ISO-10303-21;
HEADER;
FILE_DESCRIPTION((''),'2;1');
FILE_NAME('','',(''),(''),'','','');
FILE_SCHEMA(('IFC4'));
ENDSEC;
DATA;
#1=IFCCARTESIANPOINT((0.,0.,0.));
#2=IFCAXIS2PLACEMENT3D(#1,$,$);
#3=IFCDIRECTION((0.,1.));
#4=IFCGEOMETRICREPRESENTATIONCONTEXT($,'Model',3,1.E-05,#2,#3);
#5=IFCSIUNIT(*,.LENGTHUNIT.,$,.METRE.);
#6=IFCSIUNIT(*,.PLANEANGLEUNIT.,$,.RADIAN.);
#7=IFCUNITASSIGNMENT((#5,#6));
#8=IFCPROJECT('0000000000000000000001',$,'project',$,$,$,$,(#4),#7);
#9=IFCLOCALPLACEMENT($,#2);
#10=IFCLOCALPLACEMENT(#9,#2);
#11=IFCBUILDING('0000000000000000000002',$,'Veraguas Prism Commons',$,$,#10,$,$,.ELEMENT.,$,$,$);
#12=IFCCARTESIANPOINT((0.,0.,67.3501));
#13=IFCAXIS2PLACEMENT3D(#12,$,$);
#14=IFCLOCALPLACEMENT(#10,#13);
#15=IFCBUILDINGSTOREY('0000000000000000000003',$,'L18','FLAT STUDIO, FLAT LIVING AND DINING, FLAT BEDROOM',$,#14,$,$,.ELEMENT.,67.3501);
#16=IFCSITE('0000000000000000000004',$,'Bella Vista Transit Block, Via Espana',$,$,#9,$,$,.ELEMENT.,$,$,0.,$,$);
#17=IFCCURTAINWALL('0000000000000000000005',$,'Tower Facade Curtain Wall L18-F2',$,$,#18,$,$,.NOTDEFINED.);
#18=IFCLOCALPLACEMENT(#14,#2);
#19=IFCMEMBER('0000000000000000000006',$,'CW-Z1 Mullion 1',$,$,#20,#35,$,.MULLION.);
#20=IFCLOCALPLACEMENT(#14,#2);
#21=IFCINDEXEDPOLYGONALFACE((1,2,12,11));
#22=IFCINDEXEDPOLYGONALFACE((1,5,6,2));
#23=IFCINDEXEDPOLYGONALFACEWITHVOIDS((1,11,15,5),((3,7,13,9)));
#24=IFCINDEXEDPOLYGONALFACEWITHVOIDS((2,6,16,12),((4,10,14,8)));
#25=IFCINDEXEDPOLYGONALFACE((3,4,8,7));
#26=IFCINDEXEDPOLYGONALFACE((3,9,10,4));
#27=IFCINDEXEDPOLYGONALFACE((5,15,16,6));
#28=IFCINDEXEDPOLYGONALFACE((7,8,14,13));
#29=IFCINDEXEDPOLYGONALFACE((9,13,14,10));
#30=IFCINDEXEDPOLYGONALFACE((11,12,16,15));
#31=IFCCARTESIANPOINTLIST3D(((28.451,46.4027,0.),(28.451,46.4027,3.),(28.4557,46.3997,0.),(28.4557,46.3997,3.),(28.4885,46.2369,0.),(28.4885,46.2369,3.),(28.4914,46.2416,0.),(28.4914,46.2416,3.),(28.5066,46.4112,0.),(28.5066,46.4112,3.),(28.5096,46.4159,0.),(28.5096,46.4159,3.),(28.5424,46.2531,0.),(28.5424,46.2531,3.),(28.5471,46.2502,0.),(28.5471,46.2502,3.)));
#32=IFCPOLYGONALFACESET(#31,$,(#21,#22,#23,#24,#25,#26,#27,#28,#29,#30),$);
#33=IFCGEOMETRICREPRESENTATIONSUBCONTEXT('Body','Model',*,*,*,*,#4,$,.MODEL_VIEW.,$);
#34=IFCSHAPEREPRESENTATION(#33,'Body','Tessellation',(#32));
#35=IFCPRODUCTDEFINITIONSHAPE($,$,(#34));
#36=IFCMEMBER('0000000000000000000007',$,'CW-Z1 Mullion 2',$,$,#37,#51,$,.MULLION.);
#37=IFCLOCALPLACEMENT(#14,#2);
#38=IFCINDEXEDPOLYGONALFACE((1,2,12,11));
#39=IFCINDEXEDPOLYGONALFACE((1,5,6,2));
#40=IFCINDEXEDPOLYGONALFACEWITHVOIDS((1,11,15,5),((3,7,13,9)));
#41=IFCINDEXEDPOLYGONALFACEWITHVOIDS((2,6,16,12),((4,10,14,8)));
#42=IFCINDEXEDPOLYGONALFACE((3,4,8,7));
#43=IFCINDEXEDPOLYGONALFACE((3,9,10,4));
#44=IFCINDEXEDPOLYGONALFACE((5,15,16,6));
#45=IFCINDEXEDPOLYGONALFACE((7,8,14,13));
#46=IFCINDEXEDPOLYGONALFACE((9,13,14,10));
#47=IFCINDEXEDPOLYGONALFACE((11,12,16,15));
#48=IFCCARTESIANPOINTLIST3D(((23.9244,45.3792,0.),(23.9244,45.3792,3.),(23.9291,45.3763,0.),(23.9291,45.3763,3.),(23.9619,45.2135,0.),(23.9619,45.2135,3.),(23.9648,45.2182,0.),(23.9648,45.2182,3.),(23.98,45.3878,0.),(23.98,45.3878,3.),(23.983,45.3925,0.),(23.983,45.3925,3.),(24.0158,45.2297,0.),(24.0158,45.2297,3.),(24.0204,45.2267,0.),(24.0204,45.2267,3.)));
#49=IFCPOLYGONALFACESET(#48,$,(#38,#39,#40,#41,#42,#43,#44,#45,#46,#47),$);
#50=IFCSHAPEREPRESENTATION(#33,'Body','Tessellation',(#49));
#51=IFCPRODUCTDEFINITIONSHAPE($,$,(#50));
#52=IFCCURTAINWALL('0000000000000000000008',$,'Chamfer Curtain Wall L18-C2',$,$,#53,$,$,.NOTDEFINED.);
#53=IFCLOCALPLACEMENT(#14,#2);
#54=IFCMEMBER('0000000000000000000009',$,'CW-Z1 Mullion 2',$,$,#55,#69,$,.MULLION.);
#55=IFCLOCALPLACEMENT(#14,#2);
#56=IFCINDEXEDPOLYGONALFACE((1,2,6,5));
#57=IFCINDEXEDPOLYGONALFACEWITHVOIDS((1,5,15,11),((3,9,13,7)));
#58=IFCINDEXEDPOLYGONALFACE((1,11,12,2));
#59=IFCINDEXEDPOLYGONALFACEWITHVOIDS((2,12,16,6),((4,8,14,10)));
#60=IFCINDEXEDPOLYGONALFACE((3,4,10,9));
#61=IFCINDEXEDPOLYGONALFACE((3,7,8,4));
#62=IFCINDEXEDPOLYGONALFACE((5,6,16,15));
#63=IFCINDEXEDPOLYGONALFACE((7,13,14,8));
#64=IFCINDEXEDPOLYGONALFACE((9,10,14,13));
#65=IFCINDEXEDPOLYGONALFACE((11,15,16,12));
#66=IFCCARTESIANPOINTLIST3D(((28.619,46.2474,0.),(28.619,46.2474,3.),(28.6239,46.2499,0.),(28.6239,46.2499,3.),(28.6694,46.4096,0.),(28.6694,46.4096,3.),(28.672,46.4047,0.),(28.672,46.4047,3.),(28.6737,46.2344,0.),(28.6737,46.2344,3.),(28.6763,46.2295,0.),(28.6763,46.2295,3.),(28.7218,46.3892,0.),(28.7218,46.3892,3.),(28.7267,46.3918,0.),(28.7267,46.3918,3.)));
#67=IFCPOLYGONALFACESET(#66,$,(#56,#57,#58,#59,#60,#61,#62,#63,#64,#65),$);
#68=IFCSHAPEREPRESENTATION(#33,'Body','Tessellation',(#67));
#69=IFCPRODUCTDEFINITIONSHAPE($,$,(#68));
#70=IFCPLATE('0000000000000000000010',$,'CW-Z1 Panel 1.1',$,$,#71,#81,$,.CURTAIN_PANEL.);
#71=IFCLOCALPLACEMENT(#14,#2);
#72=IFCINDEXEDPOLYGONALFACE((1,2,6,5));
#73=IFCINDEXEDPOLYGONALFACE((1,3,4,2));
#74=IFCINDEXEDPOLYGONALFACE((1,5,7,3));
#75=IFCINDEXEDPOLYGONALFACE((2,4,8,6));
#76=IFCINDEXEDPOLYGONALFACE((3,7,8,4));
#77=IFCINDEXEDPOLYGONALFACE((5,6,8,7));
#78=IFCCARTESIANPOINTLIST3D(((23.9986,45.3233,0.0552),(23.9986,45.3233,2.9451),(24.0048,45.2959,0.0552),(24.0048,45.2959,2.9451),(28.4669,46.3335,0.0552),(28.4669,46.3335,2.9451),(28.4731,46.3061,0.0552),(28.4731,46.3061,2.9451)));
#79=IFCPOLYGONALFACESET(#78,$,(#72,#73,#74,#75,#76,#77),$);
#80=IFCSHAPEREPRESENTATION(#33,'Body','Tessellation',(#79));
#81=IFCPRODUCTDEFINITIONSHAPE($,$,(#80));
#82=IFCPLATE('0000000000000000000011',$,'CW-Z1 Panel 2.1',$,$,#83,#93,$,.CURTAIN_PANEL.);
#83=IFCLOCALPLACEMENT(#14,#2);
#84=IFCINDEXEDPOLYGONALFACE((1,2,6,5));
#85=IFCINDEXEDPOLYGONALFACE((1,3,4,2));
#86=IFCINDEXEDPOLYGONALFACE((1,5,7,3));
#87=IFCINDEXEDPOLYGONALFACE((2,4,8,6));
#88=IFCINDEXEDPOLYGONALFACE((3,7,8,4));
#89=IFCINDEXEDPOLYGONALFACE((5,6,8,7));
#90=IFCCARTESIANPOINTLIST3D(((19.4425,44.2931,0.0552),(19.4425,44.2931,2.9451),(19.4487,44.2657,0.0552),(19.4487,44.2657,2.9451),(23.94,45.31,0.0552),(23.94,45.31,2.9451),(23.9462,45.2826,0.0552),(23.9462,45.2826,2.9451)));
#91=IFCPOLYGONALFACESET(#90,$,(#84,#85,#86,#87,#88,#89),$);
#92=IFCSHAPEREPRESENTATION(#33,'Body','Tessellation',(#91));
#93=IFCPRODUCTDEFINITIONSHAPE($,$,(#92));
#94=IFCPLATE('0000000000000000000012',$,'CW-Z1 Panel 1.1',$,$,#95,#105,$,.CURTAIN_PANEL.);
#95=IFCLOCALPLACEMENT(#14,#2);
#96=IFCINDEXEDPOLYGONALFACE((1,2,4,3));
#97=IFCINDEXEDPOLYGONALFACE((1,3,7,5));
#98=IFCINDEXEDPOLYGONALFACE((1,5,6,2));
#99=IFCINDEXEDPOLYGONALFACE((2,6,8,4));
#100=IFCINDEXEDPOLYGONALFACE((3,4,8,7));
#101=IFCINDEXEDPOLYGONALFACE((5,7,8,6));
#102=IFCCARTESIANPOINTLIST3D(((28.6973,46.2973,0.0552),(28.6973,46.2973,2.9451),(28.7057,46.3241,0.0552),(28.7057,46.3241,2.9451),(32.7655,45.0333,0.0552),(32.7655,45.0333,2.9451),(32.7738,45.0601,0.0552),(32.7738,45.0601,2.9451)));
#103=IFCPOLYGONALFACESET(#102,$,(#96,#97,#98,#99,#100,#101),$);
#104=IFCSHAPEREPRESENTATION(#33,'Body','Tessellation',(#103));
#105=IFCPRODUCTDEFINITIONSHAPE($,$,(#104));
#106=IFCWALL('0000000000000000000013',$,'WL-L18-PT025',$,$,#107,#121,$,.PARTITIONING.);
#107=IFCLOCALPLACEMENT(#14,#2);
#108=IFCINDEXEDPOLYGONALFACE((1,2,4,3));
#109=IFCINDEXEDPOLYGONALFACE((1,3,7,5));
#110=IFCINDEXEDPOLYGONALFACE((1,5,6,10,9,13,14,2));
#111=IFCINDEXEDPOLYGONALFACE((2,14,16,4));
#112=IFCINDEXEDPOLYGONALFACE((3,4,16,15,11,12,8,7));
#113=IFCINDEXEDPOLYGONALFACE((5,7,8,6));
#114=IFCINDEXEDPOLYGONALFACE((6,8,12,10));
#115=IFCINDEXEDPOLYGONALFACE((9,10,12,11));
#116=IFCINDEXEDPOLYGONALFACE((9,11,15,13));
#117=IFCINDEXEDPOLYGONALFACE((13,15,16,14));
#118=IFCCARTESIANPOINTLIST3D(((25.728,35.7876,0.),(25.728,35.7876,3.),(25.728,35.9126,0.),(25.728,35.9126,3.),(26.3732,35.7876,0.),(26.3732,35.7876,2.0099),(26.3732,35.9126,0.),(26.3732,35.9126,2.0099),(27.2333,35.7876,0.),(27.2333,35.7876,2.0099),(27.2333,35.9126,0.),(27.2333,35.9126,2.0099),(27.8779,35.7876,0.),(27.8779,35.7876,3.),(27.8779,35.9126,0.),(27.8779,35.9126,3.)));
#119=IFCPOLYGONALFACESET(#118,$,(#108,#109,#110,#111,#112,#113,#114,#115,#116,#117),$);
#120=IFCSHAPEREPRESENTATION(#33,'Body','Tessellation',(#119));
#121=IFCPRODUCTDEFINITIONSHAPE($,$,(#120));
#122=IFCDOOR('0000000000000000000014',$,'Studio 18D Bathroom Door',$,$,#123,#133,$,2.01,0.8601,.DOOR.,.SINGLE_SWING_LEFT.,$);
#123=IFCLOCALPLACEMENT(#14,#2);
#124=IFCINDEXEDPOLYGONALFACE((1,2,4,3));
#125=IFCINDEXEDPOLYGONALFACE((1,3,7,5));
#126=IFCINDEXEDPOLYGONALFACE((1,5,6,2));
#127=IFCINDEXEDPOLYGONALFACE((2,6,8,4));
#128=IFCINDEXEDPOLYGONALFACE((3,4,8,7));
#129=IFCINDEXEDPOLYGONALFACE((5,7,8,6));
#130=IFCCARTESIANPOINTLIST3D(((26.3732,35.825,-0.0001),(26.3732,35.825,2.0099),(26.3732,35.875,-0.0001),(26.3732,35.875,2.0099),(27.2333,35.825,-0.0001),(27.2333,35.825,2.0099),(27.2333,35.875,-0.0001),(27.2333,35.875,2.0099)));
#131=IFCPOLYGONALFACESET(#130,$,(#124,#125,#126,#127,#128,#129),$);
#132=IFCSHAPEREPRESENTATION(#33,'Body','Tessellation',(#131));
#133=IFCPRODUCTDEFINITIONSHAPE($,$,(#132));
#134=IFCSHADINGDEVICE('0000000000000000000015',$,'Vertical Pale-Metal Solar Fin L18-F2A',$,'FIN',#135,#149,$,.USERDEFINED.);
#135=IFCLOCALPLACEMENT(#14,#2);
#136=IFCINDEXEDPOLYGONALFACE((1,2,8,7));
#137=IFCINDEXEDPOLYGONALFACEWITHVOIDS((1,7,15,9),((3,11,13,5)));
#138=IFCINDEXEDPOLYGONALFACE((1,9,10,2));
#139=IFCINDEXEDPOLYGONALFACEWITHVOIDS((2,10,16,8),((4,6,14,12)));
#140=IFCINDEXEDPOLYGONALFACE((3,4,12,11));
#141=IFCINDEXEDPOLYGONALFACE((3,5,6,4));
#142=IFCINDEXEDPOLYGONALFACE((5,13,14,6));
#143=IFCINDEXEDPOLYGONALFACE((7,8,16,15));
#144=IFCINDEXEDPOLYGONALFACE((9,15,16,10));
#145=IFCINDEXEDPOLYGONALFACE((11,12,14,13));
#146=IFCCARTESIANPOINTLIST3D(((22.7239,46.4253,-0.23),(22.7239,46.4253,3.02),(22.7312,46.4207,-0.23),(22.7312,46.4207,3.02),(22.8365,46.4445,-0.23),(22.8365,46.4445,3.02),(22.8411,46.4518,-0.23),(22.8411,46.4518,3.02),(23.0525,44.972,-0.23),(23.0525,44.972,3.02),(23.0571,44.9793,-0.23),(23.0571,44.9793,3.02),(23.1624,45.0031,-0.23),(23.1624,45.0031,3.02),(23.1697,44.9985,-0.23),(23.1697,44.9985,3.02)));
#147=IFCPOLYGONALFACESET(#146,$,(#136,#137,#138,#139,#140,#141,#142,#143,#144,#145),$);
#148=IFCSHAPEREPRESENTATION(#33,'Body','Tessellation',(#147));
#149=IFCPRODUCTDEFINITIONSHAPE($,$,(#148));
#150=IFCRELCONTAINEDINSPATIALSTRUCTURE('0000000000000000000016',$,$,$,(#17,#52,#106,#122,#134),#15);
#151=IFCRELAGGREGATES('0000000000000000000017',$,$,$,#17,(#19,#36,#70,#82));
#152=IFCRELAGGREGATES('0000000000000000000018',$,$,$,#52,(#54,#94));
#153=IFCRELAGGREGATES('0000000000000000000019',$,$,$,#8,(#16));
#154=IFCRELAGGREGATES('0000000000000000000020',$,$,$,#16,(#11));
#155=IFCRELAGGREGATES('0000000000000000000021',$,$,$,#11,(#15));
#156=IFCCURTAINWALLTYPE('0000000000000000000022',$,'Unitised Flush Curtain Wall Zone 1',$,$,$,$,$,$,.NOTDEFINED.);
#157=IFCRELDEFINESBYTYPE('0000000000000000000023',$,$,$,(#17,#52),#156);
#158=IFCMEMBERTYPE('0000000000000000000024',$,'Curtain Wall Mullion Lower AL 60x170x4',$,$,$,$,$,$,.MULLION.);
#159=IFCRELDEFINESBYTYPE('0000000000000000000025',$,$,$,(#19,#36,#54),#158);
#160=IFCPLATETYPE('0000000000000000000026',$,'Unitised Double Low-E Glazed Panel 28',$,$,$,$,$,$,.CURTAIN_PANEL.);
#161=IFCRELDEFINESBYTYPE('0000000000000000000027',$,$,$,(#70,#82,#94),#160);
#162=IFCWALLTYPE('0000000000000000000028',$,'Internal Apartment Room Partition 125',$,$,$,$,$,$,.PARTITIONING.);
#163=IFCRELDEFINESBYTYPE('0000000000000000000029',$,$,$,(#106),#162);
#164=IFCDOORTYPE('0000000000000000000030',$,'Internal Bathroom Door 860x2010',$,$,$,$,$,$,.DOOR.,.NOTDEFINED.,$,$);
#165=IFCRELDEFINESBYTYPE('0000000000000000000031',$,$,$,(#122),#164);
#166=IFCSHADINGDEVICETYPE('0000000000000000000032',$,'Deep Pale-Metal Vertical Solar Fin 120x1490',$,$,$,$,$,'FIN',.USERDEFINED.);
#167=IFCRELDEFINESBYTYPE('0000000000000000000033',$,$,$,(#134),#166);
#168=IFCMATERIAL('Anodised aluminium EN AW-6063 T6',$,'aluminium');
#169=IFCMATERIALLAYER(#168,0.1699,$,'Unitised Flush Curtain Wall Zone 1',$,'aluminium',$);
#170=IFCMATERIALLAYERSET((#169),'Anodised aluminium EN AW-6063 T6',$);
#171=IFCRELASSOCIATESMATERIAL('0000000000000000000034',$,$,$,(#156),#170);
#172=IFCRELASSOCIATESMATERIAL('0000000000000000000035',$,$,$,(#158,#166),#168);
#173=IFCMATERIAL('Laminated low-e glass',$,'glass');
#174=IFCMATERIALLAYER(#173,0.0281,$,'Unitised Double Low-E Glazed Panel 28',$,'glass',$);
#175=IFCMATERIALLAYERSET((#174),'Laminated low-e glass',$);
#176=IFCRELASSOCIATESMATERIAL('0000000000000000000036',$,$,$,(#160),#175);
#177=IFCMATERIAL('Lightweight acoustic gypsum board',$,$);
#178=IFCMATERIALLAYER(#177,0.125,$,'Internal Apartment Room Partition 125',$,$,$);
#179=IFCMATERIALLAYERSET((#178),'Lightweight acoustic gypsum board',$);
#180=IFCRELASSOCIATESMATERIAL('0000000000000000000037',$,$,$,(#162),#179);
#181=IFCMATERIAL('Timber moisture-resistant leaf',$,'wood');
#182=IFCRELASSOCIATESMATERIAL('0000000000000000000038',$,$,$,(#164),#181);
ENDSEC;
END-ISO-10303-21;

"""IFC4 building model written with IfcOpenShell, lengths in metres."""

from ifc_helpers import new_model, si_unit, direction, frame, frame_2d, origin, origin_2d, place, context, subcontext, project, spatial, rectangle, hollow_rectangle, extrude, source, transform, mapped, material, layer, layer_set, material_profile, profile_set, type_object, element, fill, aggregate, save


model = new_model("IFC4")

# Units and contexts
model_context = context("Model", 3, precision=1e-05, world=origin(), true_north=direction((0.0, 1.0)))
body_context = subcontext(model_context, "Body", "Model", "MODEL_VIEW")
ifc_project = project(units=[si_unit("LENGTHUNIT", "METRE"), si_unit("PLANEANGLEUNIT", "RADIAN")], contexts=[model_context])

# Site, building, storey
site_placement = place(None, origin())
site = spatial("IfcSite", under=ifc_project, at=site_placement, Name="Bella Vista Transit Block, Via Espana", CompositionType="ELEMENT", RefElevation=0.0)
building_placement = place(site_placement, origin())
building = spatial("IfcBuilding", under=site, at=building_placement, Name="Veraguas Prism Commons", CompositionType="ELEMENT")
storey_placement = place(building_placement, frame((0.0, 0.0, 67.3501)))
storey = spatial("IfcBuildingStorey", under=building, at=storey_placement, Name="L18", Description="FLAT STUDIO, FLAT LIVING AND DINING, FLAT BEDROOM", CompositionType="ELEMENT", Elevation=67.3501)

# Curtain wall, members
ifc_material_1 = material(Name="Anodised aluminium EN AW-6063 T6", Category="aluminium")
ifc_layer_1 = layer(ifc_material_1, 0.1699, Name="Unitised Flush Curtain Wall Zone 1", Category="aluminium")
ifc_layer_set_1 = layer_set([ifc_layer_1], Name="Anodised aluminium EN AW-6063 T6")
curtain_wall_type = type_object("IfcCurtainWallType", Name="Unitised Flush Curtain Wall Zone 1", PredefinedType="NOTDEFINED", material=ifc_layer_set_1)
curtain_wall_1_placement = place(storey_placement, origin())
curtain_wall_1 = element("IfcCurtainWall", 1, at=curtain_wall_1_placement, inside=storey, type_object=curtain_wall_type, Name="Tower Facade Curtain Wall L18-F2", PredefinedType="NOTDEFINED")
ifc_material_profile_1 = material_profile(ifc_material_1, hollow_rectangle(XDim=0.0601, YDim=0.1699, WallThickness=0.0039, at=origin_2d()), Name="AL60X170X4")
ifc_profile_set_1 = profile_set([ifc_material_profile_1], Name="Anodised aluminium EN AW-6063 T6")
member_type_1 = type_object("IfcMemberType", Name="Curtain Wall Mullion Lower AL 60x170x4", PredefinedType="MULLION", material=ifc_profile_set_1)
shared_shape_1 = source(origin(), body_context, "Body", "SweptSolid", [
    extrude(hollow_rectangle(XDim=0.0601, YDim=0.1699, WallThickness=0.0039, at=origin_2d()), origin(), (0.0, 0.0, 1.0), 3.0),
])
member_1_placement = place(storey_placement, frame((28.499, 46.3264, 0.0), z_axis=(0.0, 0.0, 1.0), x_axis=(-0.97538, -0.220532, 0.0)))
member_1 = element("IfcMember", 2, at=member_1_placement, type_object=member_type_1, Name="CW-Z1 Mullion 1", PredefinedType="MULLION", context=body_context, shape_type="MappedRepresentation", body=[
    mapped(shared_shape_1, transform((0.0, 0.0, 0.0), scale=1.0)),
])
member_2_placement = place(storey_placement, frame((23.9724, 45.303, 0.0), z_axis=(0.0, 0.0, 1.0), x_axis=(-0.97538, -0.220532, 0.0)))
member_2 = element("IfcMember", 3, at=member_2_placement, type_object=member_type_1, Name="CW-Z1 Mullion 2", PredefinedType="MULLION", context=body_context, shape_type="MappedRepresentation", body=[
    mapped(shared_shape_1, transform((0.0, 0.0, 0.0), scale=1.0)),
])

# Curtain wall, member
curtain_wall_2_placement = place(storey_placement, origin())
curtain_wall_2 = element("IfcCurtainWall", 4, at=curtain_wall_2_placement, inside=storey, type_object=curtain_wall_type, Name="Chamfer Curtain Wall L18-C2", PredefinedType="NOTDEFINED")
member_3_placement = place(storey_placement, frame((28.6729, 46.3196, 0.0), z_axis=(0.0, 0.0, 1.0), x_axis=(-0.954966, 0.296717, 0.0)))
member_3 = element("IfcMember", 5, at=member_3_placement, type_object=member_type_1, Name="CW-Z1 Mullion 2", PredefinedType="MULLION", context=body_context, shape_type="MappedRepresentation", body=[
    mapped(shared_shape_1, transform((0.0, 0.0, 0.0), scale=1.0)),
])

# Plates
ifc_material_2 = material(Name="Laminated low-e glass", Category="glass")
ifc_layer_2 = layer(ifc_material_2, 0.0281, Name="Unitised Double Low-E Glazed Panel 28", Category="glass")
ifc_layer_set_2 = layer_set([ifc_layer_2], Name="Laminated low-e glass")
plate_type = type_object("IfcPlateType", Name="Unitised Double Low-E Glazed Panel 28", PredefinedType="CURTAIN_PANEL", material=ifc_layer_set_2)
shared_shape_2 = source(origin(), body_context, "Body", "SweptSolid", [
    extrude(rectangle(XDim=4.5811, YDim=0.0281, at=origin_2d()), origin(), (0.0, 0.0, 1.0), 2.8899),
])
plate_1_placement = place(storey_placement, frame((26.2358, 45.8147, 0.0552), z_axis=(0.0, 0.0, 1.0), x_axis=(-0.97538, -0.220532, 0.0)))
plate_1 = element("IfcPlate", 6, at=plate_1_placement, type_object=plate_type, Name="CW-Z1 Panel 1.1", PredefinedType="CURTAIN_PANEL", context=body_context, shape_type="MappedRepresentation", body=[
    mapped(shared_shape_2, transform((0.0, 0.0, 0.0), scale=1.0)),
])
shared_shape_3 = source(origin(), body_context, "Body", "SweptSolid", [
    extrude(rectangle(XDim=4.6111, YDim=0.0281, at=origin_2d()), origin(), (0.0, 0.0, 1.0), 2.8899),
])
plate_2_placement = place(storey_placement, frame((21.6943, 44.7878, 0.0552), z_axis=(0.0, 0.0, 1.0), x_axis=(-0.97538, -0.220532, 0.0)))
plate_2 = element("IfcPlate", 7, at=plate_2_placement, type_object=plate_type, Name="CW-Z1 Panel 2.1", PredefinedType="CURTAIN_PANEL", context=body_context, shape_type="MappedRepresentation", body=[
    mapped(shared_shape_3, transform((0.0, 0.0, 0.0), scale=1.0)),
])
aggregate(curtain_wall_1, [member_1, member_2, plate_1, plate_2])
shared_shape_4 = source(origin(), body_context, "Body", "SweptSolid", [
    extrude(rectangle(XDim=4.26, YDim=0.0281, at=origin_2d()), origin(), (0.0, 0.0, 1.0), 2.8899),
])
plate_3_placement = place(storey_placement, frame((30.7356, 45.6787, 0.0552), z_axis=(0.0, 0.0, 1.0), x_axis=(-0.954966, 0.296717, 0.0)))
plate_3 = element("IfcPlate", 8, at=plate_3_placement, type_object=plate_type, Name="CW-Z1 Panel 1.1", PredefinedType="CURTAIN_PANEL", context=body_context, shape_type="MappedRepresentation", body=[
    mapped(shared_shape_4, transform((0.0, 0.0, 0.0), scale=1.0)),
])
aggregate(curtain_wall_2, [member_3, plate_3])

# Wall, opening, door
ifc_material_3 = material(Name="Lightweight acoustic gypsum board")
ifc_layer_3 = layer(ifc_material_3, 0.125, Name="Internal Apartment Room Partition 125")
ifc_layer_set_3 = layer_set([ifc_layer_3], Name="Lightweight acoustic gypsum board")
wall_type = type_object("IfcWallType", Name="Internal Apartment Room Partition 125", PredefinedType="PARTITIONING", material=ifc_layer_set_3)
wall_placement = place(storey_placement, frame((25.728, 35.8501, 0.0), z_axis=(0.0, 0.0, 1.0), x_axis=(1.0, 0.0, 0.0)))
wall = element("IfcWall", 9, at=wall_placement, inside=storey, type_object=wall_type, Name="WL-L18-PT025", PredefinedType="PARTITIONING", context=body_context, shape_type="SweptSolid", body=[
    extrude(rectangle(XDim=2.1499, YDim=0.125, at=frame_2d((1.075, 0.0))), origin(), (0.0, 0.0, 1.0), 3.0),
])
opening_placement = place(wall_placement, frame((0.645, 0.0, 0.0)))
opening = element("IfcOpeningElement", 10, at=opening_placement, cuts=wall, PredefinedType="OPENING", context=body_context, shape_type="SweptSolid", body=[
    extrude(rectangle(XDim=0.8601, YDim=2.01, at=frame_2d((0.4302, 1.0049))), frame((0.0, 0.0725, 0.0), z_axis=(0.0, -1.0, 0.0), x_axis=(1.0, 0.0, 0.0)), (0.0, 0.0, 1.0), 0.145),
])
ifc_material_4 = material(Name="Timber moisture-resistant leaf", Category="wood")
door_type = type_object("IfcDoorType", Name="Internal Bathroom Door 860x2010", OperationType="NOTDEFINED", PredefinedType="DOOR", material=ifc_material_4)
shared_shape_5 = source(origin(), body_context, "Body", "SweptSolid", [
    extrude(rectangle(XDim=0.8601, YDim=2.01, at=frame_2d((0.4302, 1.0049))), frame((0.0, 0.0249, 0.0), z_axis=(0.0, -1.0, 0.0), x_axis=(1.0, 0.0, 0.0)), (0.0, 0.0, 1.0), 0.05),
])
door_placement = place(opening_placement, origin())
door = element("IfcDoor", 11, at=door_placement, inside=storey, type_object=door_type, Name="Studio 18D Bathroom Door", OperationType="SINGLE_SWING_LEFT", OverallHeight=2.01, OverallWidth=0.8601, PredefinedType="DOOR", context=body_context, shape_type="MappedRepresentation", body=[
    mapped(shared_shape_5, transform((0.0, 0.0, 0.0), scale=1.0)),
])
fill(opening, door)

# Shading device
ifc_material_profile_2 = material_profile(ifc_material_1, hollow_rectangle(XDim=0.1201, YDim=1.49, WallThickness=0.0061, at=origin_2d()), Name="FIN120X1490X6")
ifc_profile_set_2 = profile_set([ifc_material_profile_2], Name="Anodised aluminium EN AW-6063 T6")
shading_device_type = type_object("IfcShadingDeviceType", Name="Deep Pale-Metal Vertical Solar Fin 120x1490", ElementType="FIN", PredefinedType="USERDEFINED", material=ifc_profile_set_2)
shading_device_placement = place(storey_placement, frame((22.9468, 45.7119, -0.23), z_axis=(0.0, 0.0, 1.0), x_axis=(-0.97538, -0.220529, 0.0)))
element("IfcShadingDevice", 12, at=shading_device_placement, inside=storey, type_object=shading_device_type, Name="Vertical Pale-Metal Solar Fin L18-F2A", ObjectType="FIN", PredefinedType="USERDEFINED", context=body_context, shape_type="SweptSolid", body=[
    extrude(hollow_rectangle(XDim=0.1201, YDim=1.49, WallThickness=0.0061, at=origin_2d()), origin(), (0.0, 0.0, 1.0), 3.25),
])

save(model, "model.ifc")
